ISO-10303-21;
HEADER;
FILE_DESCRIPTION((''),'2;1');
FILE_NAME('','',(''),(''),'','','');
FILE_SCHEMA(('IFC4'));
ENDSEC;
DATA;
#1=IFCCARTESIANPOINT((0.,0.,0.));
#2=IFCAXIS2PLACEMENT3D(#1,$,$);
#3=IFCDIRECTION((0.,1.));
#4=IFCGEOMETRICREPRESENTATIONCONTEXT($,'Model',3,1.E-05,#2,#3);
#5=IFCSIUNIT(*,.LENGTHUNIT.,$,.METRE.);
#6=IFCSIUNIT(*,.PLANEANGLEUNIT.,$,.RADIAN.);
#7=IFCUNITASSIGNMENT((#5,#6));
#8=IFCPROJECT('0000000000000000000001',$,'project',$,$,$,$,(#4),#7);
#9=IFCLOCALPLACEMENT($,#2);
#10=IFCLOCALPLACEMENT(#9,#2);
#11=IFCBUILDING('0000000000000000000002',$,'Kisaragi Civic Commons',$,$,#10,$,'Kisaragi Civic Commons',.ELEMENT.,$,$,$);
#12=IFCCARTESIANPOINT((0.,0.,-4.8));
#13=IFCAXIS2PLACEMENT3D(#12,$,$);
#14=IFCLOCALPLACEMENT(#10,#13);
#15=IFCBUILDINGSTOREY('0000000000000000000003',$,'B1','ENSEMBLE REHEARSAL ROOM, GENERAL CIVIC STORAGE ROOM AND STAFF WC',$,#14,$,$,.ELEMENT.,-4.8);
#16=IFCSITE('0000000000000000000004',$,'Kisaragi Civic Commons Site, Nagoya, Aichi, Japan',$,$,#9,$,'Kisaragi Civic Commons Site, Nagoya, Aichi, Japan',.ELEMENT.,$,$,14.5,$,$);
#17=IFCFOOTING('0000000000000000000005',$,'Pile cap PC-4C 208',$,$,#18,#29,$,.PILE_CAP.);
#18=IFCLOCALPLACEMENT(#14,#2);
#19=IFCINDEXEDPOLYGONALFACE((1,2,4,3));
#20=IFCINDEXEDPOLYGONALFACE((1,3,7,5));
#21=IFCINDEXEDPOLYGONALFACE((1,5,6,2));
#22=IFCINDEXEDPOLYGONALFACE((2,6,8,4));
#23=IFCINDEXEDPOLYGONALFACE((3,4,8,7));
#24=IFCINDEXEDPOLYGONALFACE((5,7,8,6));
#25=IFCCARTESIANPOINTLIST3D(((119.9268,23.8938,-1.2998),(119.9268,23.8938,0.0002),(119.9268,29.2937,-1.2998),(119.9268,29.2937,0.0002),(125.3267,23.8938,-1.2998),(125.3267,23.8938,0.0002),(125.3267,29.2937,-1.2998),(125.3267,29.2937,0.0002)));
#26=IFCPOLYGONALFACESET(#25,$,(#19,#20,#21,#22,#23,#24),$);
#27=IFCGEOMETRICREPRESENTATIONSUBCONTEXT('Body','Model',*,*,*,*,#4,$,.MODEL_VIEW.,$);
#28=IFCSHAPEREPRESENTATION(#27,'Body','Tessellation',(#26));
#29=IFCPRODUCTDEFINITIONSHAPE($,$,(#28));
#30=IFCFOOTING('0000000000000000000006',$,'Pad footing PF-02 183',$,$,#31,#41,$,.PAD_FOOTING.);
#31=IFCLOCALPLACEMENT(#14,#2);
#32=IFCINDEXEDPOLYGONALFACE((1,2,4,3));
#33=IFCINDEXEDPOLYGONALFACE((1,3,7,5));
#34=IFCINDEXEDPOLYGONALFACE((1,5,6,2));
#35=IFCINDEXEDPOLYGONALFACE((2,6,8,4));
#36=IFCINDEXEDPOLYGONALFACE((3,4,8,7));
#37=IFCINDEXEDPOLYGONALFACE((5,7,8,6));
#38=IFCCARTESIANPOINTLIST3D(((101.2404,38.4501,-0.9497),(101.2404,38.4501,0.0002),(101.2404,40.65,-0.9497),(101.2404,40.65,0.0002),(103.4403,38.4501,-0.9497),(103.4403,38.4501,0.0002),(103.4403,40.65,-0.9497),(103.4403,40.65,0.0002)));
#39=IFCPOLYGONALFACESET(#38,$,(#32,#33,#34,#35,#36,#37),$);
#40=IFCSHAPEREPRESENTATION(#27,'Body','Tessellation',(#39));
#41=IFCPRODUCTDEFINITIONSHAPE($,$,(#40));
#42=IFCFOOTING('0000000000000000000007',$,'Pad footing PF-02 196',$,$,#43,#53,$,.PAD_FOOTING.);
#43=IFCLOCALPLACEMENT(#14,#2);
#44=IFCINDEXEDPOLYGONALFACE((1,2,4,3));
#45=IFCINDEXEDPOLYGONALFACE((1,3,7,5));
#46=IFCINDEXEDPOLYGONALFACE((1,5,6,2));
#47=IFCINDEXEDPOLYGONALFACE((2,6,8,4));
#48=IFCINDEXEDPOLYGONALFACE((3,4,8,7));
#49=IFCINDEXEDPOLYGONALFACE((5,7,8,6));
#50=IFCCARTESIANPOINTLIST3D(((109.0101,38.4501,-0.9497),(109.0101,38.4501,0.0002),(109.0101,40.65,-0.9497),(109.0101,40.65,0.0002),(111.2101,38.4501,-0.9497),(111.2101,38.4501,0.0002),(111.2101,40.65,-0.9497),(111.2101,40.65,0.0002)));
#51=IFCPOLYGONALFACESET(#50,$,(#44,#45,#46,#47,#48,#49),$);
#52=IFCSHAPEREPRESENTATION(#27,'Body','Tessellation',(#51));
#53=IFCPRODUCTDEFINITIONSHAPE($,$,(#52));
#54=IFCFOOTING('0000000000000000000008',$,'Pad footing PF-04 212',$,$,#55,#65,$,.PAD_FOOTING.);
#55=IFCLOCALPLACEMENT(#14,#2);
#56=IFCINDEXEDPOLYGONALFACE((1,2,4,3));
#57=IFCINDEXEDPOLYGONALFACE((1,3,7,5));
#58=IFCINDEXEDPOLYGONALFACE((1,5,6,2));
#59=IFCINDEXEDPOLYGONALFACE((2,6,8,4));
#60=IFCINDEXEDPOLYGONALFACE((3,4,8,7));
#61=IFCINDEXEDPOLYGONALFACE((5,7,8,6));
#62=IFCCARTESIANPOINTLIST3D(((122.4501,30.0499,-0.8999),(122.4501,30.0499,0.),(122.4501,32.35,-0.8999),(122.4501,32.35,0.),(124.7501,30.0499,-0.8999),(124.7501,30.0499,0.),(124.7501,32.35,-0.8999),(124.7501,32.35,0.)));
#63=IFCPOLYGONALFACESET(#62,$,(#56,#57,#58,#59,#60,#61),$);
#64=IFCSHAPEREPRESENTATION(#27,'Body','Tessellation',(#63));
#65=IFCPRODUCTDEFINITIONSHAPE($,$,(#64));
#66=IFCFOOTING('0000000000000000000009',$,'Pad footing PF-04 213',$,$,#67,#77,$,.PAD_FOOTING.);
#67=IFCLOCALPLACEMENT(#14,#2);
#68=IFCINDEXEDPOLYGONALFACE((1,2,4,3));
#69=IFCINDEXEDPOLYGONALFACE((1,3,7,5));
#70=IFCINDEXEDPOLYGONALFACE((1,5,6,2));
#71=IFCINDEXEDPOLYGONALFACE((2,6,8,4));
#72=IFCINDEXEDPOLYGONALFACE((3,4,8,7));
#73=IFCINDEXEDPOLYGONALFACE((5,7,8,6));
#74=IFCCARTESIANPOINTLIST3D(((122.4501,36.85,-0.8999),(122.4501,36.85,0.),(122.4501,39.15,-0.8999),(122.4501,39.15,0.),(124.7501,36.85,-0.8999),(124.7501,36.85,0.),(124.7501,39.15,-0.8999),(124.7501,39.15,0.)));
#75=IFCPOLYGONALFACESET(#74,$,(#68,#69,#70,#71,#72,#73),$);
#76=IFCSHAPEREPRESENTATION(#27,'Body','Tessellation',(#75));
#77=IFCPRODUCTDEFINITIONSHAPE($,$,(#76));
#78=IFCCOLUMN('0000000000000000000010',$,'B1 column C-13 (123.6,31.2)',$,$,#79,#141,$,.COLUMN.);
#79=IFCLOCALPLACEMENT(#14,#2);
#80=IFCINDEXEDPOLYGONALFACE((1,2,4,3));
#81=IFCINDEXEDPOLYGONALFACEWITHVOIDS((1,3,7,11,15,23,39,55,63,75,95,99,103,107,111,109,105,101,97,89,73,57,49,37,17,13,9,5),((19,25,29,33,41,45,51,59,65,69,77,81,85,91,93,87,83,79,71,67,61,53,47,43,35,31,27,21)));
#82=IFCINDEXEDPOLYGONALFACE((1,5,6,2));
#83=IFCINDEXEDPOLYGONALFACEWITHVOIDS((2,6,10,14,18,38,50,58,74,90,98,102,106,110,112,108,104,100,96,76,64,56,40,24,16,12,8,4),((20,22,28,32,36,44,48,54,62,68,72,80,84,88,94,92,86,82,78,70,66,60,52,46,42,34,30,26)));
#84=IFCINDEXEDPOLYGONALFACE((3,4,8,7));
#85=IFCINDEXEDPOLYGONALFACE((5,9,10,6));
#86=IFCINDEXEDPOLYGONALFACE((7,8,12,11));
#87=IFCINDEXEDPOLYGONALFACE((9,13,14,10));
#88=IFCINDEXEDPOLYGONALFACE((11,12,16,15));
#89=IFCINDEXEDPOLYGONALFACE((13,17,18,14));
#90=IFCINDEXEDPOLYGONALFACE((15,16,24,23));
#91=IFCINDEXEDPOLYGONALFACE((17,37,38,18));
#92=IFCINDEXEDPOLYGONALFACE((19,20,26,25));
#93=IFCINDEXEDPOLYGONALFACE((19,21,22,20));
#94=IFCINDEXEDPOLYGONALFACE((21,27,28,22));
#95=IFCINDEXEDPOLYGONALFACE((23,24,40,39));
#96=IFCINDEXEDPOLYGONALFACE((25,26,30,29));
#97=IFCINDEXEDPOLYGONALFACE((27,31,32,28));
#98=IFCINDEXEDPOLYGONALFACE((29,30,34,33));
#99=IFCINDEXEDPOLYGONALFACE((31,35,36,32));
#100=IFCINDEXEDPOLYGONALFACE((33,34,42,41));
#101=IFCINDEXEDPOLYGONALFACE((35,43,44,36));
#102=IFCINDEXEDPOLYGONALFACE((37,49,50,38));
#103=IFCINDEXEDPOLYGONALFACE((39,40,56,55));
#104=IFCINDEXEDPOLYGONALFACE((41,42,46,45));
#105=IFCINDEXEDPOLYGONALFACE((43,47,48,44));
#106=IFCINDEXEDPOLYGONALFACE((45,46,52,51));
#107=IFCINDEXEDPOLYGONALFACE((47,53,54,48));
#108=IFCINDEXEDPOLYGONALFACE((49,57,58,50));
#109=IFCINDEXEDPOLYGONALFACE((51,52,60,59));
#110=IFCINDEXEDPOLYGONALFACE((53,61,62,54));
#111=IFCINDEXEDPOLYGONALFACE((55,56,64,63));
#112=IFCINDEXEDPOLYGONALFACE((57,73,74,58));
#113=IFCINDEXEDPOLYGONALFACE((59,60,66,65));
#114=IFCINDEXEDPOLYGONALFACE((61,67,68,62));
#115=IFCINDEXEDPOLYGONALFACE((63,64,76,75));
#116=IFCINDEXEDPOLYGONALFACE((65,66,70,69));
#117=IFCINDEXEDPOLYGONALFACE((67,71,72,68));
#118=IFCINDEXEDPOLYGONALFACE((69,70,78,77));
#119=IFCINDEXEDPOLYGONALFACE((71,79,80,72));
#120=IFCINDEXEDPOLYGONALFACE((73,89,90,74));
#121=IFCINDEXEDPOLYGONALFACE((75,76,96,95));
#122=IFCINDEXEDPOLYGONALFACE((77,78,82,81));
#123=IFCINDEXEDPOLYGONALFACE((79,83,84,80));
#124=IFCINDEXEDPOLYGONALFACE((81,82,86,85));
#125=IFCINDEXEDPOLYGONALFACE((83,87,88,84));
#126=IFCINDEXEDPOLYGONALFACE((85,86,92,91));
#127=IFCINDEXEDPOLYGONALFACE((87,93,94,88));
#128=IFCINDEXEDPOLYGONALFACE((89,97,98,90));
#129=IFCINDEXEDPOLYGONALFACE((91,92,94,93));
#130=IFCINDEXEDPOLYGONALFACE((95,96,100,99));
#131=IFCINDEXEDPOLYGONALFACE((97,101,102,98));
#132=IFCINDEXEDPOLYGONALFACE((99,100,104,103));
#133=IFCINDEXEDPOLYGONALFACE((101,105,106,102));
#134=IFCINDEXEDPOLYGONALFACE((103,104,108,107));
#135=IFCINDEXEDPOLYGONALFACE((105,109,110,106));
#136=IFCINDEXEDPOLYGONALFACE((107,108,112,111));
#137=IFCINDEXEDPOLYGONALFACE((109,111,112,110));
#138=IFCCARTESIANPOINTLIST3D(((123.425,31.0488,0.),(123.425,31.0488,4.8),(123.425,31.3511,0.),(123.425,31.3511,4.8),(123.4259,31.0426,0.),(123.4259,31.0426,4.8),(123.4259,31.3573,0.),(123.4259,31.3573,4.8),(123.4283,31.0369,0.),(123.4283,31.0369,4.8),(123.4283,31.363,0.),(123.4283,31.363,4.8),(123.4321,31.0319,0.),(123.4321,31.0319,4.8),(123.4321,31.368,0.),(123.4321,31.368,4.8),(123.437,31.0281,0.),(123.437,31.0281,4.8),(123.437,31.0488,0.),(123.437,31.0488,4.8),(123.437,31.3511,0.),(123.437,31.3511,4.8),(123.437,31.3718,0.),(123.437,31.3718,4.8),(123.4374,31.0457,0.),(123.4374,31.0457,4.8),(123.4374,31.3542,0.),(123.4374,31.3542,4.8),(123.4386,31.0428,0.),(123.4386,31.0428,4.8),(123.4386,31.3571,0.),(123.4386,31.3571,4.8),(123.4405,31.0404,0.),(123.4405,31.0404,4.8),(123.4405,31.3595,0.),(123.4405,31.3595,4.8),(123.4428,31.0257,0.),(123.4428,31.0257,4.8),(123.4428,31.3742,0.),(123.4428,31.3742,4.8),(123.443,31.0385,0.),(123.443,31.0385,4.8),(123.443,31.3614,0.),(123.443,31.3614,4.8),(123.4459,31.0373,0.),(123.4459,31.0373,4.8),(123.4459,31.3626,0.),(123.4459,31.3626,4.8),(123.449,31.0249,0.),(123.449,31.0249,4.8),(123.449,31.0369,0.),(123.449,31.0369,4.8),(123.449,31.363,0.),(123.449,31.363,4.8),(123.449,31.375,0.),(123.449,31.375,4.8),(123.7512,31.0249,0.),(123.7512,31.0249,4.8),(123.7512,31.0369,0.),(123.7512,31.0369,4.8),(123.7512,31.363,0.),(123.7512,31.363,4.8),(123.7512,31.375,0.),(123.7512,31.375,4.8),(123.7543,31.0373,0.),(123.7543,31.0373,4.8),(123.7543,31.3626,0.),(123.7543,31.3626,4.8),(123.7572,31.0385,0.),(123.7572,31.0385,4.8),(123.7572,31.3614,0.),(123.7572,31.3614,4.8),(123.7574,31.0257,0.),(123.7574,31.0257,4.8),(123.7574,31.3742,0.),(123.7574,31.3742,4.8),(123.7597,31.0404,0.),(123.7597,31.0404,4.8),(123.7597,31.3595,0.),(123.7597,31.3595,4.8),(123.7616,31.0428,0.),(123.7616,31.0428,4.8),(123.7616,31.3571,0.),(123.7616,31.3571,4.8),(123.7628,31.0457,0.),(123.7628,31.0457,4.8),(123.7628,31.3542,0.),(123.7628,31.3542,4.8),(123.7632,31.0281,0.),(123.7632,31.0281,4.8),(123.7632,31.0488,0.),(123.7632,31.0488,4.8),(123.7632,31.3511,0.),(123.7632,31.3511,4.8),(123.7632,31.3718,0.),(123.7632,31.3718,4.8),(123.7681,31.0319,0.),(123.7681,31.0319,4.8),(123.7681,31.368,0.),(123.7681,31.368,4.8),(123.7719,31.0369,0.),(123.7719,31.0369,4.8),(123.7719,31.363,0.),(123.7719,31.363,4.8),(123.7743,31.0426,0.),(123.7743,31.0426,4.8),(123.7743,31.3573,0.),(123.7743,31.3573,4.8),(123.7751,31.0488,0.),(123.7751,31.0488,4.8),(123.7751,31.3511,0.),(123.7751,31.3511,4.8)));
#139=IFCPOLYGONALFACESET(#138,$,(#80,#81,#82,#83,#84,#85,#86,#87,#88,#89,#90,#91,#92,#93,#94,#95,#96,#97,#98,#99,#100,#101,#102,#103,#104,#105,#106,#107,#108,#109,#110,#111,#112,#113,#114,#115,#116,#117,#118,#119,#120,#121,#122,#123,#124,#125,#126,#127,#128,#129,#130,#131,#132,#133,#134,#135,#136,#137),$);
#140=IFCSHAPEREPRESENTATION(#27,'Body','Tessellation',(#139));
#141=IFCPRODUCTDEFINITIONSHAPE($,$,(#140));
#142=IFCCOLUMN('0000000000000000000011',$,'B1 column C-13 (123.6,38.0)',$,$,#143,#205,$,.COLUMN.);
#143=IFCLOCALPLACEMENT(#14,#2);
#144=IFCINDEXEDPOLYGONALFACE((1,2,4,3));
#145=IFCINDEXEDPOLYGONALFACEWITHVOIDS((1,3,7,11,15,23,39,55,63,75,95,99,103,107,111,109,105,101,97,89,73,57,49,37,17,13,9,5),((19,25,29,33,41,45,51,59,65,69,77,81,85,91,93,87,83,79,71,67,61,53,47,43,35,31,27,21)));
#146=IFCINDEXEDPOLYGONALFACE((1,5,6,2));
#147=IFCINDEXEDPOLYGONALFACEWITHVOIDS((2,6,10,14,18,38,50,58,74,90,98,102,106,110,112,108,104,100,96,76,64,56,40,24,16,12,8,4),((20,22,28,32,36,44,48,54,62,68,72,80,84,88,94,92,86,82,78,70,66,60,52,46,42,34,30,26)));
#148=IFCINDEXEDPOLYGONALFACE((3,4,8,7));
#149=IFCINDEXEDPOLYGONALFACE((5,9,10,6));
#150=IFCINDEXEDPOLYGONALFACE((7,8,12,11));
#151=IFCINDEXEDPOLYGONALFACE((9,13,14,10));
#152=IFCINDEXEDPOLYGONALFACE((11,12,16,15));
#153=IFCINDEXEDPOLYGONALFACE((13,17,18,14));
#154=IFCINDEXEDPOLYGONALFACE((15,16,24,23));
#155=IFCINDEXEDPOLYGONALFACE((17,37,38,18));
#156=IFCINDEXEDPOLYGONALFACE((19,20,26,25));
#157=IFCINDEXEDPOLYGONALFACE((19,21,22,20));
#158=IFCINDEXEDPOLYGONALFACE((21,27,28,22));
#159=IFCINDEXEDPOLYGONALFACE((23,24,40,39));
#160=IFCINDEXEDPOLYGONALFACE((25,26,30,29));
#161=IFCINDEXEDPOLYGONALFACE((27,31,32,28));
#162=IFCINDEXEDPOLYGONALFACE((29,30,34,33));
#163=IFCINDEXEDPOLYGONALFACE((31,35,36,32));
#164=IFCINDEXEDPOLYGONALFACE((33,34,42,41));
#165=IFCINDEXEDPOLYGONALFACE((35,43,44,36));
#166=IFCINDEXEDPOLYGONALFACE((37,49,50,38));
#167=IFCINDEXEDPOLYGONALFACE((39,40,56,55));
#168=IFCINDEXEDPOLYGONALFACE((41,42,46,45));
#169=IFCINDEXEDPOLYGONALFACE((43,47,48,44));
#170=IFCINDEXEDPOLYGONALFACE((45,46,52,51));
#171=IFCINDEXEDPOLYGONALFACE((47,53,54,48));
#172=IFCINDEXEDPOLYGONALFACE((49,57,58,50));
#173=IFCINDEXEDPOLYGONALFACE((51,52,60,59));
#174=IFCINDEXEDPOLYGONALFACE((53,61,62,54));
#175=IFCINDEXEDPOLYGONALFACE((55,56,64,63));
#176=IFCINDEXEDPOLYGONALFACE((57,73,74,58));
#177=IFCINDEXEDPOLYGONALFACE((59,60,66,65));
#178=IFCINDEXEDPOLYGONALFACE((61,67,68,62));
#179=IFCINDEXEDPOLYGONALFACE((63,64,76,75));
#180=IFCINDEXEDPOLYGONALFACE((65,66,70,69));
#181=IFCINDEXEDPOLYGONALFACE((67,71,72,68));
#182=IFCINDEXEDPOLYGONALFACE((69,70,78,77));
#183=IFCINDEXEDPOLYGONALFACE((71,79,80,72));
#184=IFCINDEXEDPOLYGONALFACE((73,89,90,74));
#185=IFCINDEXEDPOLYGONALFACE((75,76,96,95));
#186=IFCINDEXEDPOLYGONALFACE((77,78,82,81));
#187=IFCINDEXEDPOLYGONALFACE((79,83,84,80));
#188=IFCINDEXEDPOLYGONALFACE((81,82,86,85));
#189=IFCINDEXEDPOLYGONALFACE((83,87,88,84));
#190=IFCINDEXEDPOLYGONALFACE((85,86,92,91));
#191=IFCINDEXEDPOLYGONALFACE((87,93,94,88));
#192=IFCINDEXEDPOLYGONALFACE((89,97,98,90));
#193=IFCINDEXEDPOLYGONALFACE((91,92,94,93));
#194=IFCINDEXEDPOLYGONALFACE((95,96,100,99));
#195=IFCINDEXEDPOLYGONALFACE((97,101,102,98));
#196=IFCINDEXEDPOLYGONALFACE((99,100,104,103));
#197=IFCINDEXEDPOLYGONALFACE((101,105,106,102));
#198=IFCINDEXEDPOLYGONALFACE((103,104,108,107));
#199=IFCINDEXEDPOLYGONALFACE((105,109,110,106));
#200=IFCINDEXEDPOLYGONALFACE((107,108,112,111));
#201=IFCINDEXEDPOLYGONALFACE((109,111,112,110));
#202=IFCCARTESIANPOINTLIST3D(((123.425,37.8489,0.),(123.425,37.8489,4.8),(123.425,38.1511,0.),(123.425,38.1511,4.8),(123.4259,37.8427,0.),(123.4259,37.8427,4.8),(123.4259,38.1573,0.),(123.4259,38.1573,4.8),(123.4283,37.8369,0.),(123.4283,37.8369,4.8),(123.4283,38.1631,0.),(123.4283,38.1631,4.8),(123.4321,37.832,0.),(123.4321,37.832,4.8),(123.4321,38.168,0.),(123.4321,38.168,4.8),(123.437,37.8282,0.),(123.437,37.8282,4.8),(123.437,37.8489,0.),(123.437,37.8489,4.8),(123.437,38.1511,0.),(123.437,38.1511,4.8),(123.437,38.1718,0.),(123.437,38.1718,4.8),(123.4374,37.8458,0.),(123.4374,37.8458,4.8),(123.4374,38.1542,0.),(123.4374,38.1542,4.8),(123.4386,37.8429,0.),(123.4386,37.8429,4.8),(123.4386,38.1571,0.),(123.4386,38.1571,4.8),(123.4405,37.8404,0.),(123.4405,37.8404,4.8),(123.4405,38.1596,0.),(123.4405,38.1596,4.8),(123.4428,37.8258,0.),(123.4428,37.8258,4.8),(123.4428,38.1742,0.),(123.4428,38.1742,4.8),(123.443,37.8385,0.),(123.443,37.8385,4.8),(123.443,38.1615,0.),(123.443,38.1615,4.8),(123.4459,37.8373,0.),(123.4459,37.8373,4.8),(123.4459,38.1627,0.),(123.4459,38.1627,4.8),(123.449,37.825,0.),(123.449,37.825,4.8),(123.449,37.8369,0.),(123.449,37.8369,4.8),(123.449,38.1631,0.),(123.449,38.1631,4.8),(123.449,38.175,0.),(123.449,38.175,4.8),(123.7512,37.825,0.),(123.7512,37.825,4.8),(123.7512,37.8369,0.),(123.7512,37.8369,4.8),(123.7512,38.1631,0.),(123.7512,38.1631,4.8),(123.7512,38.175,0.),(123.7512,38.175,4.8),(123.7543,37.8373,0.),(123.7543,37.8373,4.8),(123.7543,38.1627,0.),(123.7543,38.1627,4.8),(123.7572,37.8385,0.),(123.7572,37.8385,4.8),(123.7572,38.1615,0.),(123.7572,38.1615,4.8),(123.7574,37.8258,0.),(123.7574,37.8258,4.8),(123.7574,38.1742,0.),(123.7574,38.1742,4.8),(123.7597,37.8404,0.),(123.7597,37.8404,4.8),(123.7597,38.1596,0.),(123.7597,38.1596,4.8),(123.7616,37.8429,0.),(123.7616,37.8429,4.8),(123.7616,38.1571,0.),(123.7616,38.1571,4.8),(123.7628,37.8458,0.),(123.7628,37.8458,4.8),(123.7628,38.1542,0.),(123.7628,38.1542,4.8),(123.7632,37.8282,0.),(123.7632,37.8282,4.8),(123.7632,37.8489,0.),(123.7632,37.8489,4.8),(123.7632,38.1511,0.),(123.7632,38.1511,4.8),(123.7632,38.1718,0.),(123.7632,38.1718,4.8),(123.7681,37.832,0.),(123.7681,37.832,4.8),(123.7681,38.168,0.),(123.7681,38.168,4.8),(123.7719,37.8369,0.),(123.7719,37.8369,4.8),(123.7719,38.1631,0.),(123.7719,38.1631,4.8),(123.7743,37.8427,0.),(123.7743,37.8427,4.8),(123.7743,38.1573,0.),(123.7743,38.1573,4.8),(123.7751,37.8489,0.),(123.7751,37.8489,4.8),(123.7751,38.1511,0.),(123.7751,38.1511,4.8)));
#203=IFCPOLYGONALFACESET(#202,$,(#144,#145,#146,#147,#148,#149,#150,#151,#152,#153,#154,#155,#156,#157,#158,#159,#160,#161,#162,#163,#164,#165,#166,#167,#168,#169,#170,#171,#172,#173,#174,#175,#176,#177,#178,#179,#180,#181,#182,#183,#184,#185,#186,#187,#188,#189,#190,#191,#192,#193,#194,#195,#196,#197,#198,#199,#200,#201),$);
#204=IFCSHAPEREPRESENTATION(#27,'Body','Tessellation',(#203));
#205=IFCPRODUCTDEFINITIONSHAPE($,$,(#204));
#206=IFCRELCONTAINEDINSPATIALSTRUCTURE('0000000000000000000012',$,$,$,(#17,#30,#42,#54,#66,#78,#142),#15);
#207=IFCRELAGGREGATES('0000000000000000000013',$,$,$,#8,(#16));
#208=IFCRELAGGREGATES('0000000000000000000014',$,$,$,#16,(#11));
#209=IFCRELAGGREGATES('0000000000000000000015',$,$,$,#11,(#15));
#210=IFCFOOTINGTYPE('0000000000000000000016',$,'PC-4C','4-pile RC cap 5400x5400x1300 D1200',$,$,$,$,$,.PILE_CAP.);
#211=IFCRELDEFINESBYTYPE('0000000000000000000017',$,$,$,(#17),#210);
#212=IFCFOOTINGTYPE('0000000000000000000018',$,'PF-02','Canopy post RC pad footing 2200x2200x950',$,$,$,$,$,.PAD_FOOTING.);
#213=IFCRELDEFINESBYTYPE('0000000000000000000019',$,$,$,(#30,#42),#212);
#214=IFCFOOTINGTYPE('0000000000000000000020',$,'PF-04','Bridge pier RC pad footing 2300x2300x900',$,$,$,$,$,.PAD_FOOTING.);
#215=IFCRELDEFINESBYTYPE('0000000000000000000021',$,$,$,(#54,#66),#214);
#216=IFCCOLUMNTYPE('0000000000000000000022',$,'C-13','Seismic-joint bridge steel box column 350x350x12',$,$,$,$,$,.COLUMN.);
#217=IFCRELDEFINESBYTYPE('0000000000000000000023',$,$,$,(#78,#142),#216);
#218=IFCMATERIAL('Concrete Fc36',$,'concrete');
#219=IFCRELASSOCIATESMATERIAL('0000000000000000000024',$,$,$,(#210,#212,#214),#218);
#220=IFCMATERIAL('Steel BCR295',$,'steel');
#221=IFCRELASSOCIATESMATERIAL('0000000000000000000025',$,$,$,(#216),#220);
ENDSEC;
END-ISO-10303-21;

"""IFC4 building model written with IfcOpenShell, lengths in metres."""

from ifc_helpers import new_model, si_unit, direction, frame, origin, origin_2d, place, context, subcontext, project, spatial, rectangle, hollow_rectangle, extrude, material, material_profile, profile_set, type_object, element, save


model = new_model("IFC4")

# Units and contexts
model_context = context("Model", 3, precision=1e-05, world=origin(), true_north=direction((0.0, 1.0)))
body_context = subcontext(model_context, "Body", "Model", "MODEL_VIEW")
ifc_project = project(units=[si_unit("LENGTHUNIT", "METRE"), si_unit("PLANEANGLEUNIT", "RADIAN")], contexts=[model_context])

# Site, building, storey
site_placement = place(None, origin())
site = spatial("IfcSite", under=ifc_project, at=site_placement, Name="Kisaragi Civic Commons Site, Nagoya, Aichi, Japan", LongName="Kisaragi Civic Commons Site, Nagoya, Aichi, Japan", CompositionType="ELEMENT", RefElevation=14.5)
building_placement = place(site_placement, origin())
building = spatial("IfcBuilding", under=site, at=building_placement, Name="Kisaragi Civic Commons", LongName="Kisaragi Civic Commons", CompositionType="ELEMENT")
storey_placement = place(building_placement, frame((0.0, 0.0, -4.8)))
storey = spatial("IfcBuildingStorey", under=building, at=storey_placement, Name="B1", Description="ENSEMBLE REHEARSAL ROOM, GENERAL CIVIC STORAGE ROOM AND STAFF WC", CompositionType="ELEMENT", Elevation=-4.8)

# Footings
ifc_material_1 = material(Name="Concrete Fc36", Category="concrete")
footing_type_1 = type_object("IfcFootingType", Name="PC-4C", Description="4-pile RC cap 5400x5400x1300 D1200", PredefinedType="PILE_CAP", material=ifc_material_1)
footing_1_placement = place(storey_placement, frame((122.6267, 26.5938, -1.2998), z_axis=(0.0, 0.0, 1.0), x_axis=(1.0, 0.0, 0.0)))
element("IfcFooting", 1, at=footing_1_placement, inside=storey, type_object=footing_type_1, Name="Pile cap PC-4C 208", PredefinedType="PILE_CAP", context=body_context, shape_type="SweptSolid", body=[
    extrude(rectangle(XDim=5.3999, YDim=5.3999, at=origin_2d()), origin(), (0.0, 0.0, 1.0), 1.3),
])
footing_type_2 = type_object("IfcFootingType", Name="PF-02", Description="Canopy post RC pad footing 2200x2200x950", PredefinedType="PAD_FOOTING", material=ifc_material_1)
for number, where, z_axis, x_axis, name in (
    (2, (102.3403, 39.55, -0.9497), (0.0, 0.0, 1.0), (1.0, 0.0, 0.0), "Pad footing PF-02 183"),
    (3, (110.1101, 39.55, -0.9497), (0.0, 0.0, 1.0), (1.0, 0.0, 0.0), "Pad footing PF-02 196"),
):
    element("IfcFooting", number, at=place(storey_placement, frame(where, z_axis=z_axis, x_axis=x_axis)), inside=storey, type_object=footing_type_2, Name=name, PredefinedType="PAD_FOOTING", context=body_context, shape_type="SweptSolid", body=[
        extrude(rectangle(XDim=2.2, YDim=2.2, at=origin_2d()), origin(), (0.0, 0.0, 1.0), 0.95),
    ])
footing_type_3 = type_object("IfcFootingType", Name="PF-04", Description="Bridge pier RC pad footing 2300x2300x900", PredefinedType="PAD_FOOTING", material=ifc_material_1)
for number, where, z_axis, x_axis, name in (
    (4, (123.6001, 31.2, -0.8999), (0.0, 0.0, 1.0), (1.0, 0.0, 0.0), "Pad footing PF-04 212"),
    (5, (123.6001, 38.0, -0.8999), (0.0, 0.0, 1.0), (1.0, 0.0, 0.0), "Pad footing PF-04 213"),
):
    element("IfcFooting", number, at=place(storey_placement, frame(where, z_axis=z_axis, x_axis=x_axis)), inside=storey, type_object=footing_type_3, Name=name, PredefinedType="PAD_FOOTING", context=body_context, shape_type="SweptSolid", body=[
        extrude(rectangle(XDim=2.3, YDim=2.3, at=origin_2d()), origin(), (0.0, 0.0, 1.0), 0.8999),
    ])

# Columns
ifc_material_2 = material(Name="Steel BCR295", Category="steel")
ifc_material_profile_1 = material_profile(ifc_material_2, hollow_rectangle(XDim=0.3501, YDim=0.3501, WallThickness=0.012, InnerFilletRadius=0.012, OuterFilletRadius=0.0239, at=origin_2d()), Name="BCR-350x350x12", Category="steel")
ifc_profile_set_1 = profile_set([ifc_material_profile_1], Name="Steel BCR295")
column_type_1 = type_object("IfcColumnType", Name="C-13", Description="Seismic-joint bridge steel box column 350x350x12", PredefinedType="COLUMN", material=ifc_profile_set_1)
for number, where, z_axis, x_axis, name in (
    (6, (123.6001, 31.2, 0.0), (0.0, 0.0, 1.0), (1.0, 0.0, 0.0), "B1 column C-13 (123.6,31.2)"),
    (7, (123.6001, 38.0, 0.0), (0.0, 0.0, 1.0), (1.0, 0.0, 0.0), "B1 column C-13 (123.6,38.0)"),
):
    element("IfcColumn", number, at=place(storey_placement, frame(where, z_axis=z_axis, x_axis=x_axis)), inside=storey, type_object=column_type_1, Name=name, PredefinedType="COLUMN", context=body_context, shape_type="SweptSolid", body=[
        extrude(hollow_rectangle(XDim=0.3501, YDim=0.3501, WallThickness=0.012, InnerFilletRadius=0.012, OuterFilletRadius=0.0239, at=origin_2d()), origin(), (0.0, 0.0, 1.0), 4.8),
    ])

save(model, "model.ifc")
